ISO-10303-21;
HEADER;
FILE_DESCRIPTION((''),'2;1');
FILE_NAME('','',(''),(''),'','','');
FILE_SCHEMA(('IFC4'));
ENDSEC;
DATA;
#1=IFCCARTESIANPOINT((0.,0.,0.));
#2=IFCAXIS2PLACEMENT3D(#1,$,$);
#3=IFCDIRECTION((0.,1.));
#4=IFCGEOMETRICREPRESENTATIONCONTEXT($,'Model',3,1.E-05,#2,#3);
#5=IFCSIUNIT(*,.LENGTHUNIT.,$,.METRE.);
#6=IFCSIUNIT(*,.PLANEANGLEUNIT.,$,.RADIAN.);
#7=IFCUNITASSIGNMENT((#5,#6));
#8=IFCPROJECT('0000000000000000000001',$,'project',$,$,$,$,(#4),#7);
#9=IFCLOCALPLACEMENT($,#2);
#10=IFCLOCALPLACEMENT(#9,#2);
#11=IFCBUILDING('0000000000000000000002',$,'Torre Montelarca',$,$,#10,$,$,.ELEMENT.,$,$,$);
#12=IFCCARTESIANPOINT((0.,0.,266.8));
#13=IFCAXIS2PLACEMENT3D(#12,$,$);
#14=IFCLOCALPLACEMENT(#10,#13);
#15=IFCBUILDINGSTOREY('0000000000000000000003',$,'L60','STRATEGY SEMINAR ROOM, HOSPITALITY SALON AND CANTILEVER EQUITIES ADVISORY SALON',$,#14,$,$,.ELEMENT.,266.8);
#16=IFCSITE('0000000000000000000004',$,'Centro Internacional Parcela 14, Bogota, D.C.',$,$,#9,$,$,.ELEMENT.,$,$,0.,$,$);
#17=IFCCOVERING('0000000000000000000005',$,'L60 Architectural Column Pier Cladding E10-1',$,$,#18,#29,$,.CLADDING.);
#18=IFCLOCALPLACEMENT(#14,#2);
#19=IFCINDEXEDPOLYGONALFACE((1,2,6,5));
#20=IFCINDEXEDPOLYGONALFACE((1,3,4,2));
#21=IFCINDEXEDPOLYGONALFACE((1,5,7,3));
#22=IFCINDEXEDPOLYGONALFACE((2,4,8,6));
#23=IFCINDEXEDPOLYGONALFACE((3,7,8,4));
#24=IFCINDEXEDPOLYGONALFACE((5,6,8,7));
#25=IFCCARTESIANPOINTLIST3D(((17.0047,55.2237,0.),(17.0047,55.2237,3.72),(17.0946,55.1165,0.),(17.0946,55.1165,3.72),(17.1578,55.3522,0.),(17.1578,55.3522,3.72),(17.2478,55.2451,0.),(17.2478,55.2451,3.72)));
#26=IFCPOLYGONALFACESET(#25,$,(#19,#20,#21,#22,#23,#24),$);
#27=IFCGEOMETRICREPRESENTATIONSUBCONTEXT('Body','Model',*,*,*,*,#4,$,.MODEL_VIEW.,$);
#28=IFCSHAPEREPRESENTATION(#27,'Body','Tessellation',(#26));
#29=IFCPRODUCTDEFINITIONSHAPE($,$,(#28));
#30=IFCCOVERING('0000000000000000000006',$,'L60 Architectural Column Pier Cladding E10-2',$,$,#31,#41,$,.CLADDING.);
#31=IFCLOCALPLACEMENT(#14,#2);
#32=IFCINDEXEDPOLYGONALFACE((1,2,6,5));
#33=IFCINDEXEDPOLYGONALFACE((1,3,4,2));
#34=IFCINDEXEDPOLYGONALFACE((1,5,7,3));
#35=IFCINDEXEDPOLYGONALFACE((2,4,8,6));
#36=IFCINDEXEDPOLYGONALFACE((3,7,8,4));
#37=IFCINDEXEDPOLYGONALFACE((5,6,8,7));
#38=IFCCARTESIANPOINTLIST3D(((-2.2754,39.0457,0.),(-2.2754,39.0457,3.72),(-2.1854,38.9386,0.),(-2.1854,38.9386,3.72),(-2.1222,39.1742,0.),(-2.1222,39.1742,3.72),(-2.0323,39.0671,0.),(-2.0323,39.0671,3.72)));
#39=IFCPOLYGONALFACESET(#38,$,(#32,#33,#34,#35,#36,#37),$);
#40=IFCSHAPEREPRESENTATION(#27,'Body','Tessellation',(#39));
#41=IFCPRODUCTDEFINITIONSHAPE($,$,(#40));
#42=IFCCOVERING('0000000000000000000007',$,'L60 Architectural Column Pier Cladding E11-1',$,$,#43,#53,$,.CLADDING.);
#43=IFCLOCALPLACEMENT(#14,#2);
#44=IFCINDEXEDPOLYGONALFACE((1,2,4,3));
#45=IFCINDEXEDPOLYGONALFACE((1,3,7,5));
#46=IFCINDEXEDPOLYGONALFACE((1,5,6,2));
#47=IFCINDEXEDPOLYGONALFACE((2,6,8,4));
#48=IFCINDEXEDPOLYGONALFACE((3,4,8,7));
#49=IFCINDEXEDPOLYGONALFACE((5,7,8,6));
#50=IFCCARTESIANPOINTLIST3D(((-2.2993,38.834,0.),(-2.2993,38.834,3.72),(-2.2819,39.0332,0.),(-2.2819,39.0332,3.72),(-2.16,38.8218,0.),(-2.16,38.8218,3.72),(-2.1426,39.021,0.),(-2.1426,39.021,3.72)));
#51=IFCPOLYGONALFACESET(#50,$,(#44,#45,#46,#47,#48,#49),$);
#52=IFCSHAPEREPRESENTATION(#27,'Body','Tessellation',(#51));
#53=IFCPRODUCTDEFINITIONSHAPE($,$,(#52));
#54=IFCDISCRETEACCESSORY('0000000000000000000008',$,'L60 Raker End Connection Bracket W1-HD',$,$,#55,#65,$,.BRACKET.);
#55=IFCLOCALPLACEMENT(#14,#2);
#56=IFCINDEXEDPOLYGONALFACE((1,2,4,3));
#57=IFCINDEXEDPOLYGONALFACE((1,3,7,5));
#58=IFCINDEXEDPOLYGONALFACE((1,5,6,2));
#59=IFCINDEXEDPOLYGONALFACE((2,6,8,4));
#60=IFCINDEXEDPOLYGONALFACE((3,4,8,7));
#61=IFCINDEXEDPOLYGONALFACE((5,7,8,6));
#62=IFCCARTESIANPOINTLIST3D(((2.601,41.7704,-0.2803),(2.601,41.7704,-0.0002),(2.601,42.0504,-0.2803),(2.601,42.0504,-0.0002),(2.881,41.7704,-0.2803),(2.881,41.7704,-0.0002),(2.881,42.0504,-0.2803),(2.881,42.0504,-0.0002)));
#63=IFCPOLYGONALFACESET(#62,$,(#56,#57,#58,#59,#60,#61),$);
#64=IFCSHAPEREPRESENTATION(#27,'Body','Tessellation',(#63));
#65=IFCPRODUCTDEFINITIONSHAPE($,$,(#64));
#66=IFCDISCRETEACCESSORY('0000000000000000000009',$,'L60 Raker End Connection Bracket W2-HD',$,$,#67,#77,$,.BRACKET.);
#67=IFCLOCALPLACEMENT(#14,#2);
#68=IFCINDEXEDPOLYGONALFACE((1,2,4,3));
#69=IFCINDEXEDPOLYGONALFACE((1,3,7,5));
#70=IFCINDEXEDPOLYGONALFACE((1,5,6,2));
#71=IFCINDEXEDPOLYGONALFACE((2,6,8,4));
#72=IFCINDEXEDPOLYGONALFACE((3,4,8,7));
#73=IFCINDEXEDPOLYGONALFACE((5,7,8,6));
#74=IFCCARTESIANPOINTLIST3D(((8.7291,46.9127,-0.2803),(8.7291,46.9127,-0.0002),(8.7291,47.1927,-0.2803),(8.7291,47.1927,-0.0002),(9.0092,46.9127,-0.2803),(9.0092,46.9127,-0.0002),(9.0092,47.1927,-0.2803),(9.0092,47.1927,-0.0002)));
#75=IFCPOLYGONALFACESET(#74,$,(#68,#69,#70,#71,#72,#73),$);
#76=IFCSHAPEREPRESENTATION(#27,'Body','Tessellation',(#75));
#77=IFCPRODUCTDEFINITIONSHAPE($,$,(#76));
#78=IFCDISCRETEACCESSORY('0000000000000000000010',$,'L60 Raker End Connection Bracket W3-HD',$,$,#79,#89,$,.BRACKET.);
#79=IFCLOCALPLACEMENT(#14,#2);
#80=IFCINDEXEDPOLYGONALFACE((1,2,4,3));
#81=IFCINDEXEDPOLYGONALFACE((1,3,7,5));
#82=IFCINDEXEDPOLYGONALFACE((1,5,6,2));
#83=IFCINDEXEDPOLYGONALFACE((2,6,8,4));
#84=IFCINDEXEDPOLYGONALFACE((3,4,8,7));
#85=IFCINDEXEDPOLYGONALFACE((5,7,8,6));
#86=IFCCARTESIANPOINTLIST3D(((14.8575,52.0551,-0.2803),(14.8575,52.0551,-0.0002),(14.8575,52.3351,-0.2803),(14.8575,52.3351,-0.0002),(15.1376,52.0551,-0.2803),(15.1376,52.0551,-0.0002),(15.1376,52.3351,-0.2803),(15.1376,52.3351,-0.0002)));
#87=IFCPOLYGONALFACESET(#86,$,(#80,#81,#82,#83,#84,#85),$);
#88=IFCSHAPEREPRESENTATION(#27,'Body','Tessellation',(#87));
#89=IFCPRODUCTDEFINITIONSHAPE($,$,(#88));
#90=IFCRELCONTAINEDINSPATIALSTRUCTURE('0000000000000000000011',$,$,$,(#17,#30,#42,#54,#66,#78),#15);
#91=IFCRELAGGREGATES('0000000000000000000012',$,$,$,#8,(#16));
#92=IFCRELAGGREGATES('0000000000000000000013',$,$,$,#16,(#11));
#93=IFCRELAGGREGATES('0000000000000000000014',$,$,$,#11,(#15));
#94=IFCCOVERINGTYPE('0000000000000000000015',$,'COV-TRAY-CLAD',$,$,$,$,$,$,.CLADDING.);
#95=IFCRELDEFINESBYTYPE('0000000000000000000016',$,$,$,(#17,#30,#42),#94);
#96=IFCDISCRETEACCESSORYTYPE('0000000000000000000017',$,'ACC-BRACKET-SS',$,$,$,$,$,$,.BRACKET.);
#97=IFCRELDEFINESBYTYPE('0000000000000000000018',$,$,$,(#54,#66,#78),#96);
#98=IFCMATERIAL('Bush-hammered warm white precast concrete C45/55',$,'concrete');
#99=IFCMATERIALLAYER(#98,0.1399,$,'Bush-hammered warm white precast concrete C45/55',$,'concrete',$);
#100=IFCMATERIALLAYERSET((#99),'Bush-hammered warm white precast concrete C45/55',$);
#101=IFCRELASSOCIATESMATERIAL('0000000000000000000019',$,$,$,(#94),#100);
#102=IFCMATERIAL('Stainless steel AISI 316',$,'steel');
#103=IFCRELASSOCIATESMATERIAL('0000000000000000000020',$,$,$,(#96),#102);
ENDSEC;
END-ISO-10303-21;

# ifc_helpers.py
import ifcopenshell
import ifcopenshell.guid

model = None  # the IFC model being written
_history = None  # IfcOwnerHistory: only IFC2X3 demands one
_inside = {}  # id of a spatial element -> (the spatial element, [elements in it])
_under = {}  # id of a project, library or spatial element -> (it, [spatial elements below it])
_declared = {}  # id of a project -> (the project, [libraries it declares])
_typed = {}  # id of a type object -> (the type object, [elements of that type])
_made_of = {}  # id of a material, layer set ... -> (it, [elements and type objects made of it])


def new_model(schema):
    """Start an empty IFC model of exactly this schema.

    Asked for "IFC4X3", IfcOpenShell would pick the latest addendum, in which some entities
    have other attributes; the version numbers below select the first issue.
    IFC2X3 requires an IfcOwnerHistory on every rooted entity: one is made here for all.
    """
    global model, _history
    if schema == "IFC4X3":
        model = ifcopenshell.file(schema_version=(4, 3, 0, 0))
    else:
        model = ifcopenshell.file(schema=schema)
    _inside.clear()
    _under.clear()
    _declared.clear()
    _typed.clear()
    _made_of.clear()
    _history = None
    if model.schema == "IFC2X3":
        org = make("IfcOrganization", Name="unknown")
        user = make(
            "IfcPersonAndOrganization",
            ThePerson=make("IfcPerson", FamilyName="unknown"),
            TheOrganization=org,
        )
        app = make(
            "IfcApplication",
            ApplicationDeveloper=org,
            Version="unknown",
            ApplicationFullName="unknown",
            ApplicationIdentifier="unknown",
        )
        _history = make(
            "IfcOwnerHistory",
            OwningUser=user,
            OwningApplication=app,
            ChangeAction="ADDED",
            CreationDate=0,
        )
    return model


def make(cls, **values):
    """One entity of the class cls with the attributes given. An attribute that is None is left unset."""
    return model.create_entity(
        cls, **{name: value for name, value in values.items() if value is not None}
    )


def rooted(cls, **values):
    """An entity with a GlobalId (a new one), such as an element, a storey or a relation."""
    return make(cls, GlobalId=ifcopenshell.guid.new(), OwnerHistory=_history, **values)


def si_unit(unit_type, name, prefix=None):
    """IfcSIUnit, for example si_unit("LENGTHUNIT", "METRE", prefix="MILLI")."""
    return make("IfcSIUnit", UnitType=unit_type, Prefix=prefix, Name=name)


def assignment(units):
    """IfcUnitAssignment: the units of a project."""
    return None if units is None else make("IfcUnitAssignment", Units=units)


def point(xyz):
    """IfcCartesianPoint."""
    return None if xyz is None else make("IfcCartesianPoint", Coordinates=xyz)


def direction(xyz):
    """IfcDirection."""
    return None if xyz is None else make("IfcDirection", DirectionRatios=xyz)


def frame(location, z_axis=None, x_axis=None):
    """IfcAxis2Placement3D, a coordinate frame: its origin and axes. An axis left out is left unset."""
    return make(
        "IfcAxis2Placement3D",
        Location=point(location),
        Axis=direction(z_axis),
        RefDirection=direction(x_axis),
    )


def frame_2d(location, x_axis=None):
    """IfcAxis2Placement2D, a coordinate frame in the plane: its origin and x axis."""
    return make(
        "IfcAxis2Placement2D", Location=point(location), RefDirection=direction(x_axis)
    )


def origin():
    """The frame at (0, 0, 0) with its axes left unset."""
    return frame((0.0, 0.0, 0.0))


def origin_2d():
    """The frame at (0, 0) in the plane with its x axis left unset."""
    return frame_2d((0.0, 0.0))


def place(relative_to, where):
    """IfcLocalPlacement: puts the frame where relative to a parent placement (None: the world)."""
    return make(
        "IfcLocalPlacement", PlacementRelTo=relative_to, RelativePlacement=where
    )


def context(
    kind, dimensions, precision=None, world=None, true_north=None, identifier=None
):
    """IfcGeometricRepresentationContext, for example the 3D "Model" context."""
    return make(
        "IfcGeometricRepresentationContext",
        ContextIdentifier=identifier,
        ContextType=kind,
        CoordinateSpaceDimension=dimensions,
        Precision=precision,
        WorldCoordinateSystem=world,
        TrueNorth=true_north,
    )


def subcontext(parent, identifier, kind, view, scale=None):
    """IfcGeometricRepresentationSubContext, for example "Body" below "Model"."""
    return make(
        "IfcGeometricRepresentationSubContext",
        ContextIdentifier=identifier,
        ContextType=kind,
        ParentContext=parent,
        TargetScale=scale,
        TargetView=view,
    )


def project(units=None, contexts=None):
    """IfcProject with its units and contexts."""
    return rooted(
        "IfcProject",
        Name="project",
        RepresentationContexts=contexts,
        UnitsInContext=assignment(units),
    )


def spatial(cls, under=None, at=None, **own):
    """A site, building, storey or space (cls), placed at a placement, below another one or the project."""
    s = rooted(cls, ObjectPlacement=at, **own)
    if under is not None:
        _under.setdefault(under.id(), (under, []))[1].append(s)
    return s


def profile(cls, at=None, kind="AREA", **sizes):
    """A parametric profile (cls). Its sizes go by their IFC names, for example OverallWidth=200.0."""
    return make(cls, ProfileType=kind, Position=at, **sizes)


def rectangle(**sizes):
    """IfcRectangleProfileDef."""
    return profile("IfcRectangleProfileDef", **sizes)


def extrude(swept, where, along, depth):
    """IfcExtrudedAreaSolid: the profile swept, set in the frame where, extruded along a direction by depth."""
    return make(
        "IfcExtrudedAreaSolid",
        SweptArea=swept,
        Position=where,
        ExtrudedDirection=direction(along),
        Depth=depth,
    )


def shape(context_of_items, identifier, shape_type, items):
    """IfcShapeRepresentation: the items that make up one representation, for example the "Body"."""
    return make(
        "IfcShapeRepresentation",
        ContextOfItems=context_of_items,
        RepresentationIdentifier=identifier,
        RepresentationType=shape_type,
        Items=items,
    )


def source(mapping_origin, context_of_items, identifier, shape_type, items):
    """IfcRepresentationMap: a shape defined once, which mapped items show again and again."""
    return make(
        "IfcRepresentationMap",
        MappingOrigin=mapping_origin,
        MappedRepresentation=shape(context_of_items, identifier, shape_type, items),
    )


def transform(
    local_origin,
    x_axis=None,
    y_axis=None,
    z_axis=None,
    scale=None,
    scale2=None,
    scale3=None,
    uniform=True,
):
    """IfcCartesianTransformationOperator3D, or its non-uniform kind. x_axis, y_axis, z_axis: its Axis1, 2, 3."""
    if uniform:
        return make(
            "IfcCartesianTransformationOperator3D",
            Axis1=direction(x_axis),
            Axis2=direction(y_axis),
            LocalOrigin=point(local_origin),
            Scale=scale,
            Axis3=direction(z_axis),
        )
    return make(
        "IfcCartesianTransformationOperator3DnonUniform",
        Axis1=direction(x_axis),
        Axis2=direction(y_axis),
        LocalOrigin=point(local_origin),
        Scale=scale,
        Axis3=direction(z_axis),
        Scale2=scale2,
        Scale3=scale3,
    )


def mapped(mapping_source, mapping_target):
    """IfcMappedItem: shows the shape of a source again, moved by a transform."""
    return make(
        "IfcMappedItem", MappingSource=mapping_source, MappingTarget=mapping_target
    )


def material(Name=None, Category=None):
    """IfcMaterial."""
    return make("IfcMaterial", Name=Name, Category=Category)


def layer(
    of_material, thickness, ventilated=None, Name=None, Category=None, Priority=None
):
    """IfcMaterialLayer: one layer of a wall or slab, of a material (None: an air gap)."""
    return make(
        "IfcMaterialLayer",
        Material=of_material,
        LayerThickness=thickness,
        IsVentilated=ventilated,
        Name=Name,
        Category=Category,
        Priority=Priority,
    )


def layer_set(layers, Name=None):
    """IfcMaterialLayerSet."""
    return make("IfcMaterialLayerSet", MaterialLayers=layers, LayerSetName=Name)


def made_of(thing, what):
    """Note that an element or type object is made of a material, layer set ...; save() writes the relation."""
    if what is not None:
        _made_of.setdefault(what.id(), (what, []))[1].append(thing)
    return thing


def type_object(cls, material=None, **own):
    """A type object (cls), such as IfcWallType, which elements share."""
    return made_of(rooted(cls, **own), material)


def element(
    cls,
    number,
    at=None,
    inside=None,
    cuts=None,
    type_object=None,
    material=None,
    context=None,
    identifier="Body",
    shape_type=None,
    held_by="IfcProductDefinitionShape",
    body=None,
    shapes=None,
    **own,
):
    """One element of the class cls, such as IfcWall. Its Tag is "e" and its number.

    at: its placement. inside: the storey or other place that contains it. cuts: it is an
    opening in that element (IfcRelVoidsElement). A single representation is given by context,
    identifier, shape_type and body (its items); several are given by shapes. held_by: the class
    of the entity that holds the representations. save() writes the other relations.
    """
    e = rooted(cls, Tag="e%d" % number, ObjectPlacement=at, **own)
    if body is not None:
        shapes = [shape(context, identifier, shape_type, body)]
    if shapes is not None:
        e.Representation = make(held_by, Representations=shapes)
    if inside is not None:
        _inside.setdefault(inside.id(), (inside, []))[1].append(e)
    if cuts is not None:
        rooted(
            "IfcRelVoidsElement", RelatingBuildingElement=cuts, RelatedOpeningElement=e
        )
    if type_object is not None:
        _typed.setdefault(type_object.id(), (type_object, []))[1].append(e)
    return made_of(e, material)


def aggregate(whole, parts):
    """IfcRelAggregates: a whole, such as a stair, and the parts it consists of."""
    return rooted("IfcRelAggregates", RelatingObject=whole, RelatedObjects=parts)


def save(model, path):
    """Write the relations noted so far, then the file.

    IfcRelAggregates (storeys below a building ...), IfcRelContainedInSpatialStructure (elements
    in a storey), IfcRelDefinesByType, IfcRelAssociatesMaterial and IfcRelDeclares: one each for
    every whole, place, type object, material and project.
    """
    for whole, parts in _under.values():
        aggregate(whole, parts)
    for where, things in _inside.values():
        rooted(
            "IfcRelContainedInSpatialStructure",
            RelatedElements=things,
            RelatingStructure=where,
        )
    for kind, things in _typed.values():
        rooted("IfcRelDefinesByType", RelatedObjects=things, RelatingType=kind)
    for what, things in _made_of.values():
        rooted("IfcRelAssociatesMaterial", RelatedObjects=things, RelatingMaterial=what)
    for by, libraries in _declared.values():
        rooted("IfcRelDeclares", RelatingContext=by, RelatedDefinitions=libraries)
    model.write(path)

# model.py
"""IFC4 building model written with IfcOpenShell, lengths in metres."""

from ifc_helpers import new_model, si_unit, direction, frame, origin, origin_2d, place, context, subcontext, project, spatial, rectangle, extrude, source, transform, mapped, material, layer, layer_set, type_object, element, save


model = new_model("IFC4")

# Units and contexts
model_context = context("Model", 3, precision=1e-05, world=origin(), true_north=direction((0.0, 1.0)))
body_context = subcontext(model_context, "Body", "Model", "MODEL_VIEW")
ifc_project = project(units=[si_unit("LENGTHUNIT", "METRE"), si_unit("PLANEANGLEUNIT", "RADIAN")], contexts=[model_context])

# Site, building, storey
site_placement = place(None, origin())
site = spatial("IfcSite", under=ifc_project, at=site_placement, Name="Centro Internacional Parcela 14, Bogota, D.C.", CompositionType="ELEMENT", RefElevation=0.0)
building_placement = place(site_placement, origin())
building = spatial("IfcBuilding", under=site, at=building_placement, Name="Torre Montelarca", CompositionType="ELEMENT")
storey_placement = place(building_placement, frame((0.0, 0.0, 266.8)))
storey = spatial("IfcBuildingStorey", under=building, at=storey_placement, Name="L60", Description="STRATEGY SEMINAR ROOM, HOSPITALITY SALON AND CANTILEVER EQUITIES ADVISORY SALON", CompositionType="ELEMENT", Elevation=266.8)

# Coverings
ifc_material_1 = material(Name="Bush-hammered warm white precast concrete C45/55", Category="concrete")
ifc_layer_1 = layer(ifc_material_1, 0.1399, Name="Bush-hammered warm white precast concrete C45/55", Category="concrete")
ifc_layer_set_1 = layer_set([ifc_layer_1], Name="Bush-hammered warm white precast concrete C45/55")
covering_type = type_object("IfcCoveringType", Name="COV-TRAY-CLAD", PredefinedType="CLADDING", material=ifc_layer_set_1)
shared_shape_1 = source(origin(), body_context, "Body", "SweptSolid", [
    extrude(rectangle(XDim=0.2, YDim=0.1399, at=origin_2d()), origin(), (0.0, 0.0, 1.0), 3.72),
])
for number, where, z_axis, x_axis, name in (
    (1, (17.1262, 55.2344, 0.0), (0.0, 0.0, 1.0), (-0.766043, -0.642789, 0.0), "L60 Architectural Column Pier Cladding E10-1"),
    (2, (-2.1538, 39.0564, 0.0), (0.0, 0.0, 1.0), (-0.766043, -0.642789, 0.0), "L60 Architectural Column Pier Cladding E10-2"),
    (3, (-2.2209, 38.9275, 0.0), (0.0, 0.0, 1.0), (-0.087177, -0.996193, 0.0), "L60 Architectural Column Pier Cladding E11-1"),
):
    element("IfcCovering", number, at=place(storey_placement, frame(where, z_axis=z_axis, x_axis=x_axis)), inside=storey, type_object=covering_type, Name=name, PredefinedType="CLADDING", context=body_context, shape_type="MappedRepresentation", body=[
        mapped(shared_shape_1, transform((0.0, 0.0, 0.0), scale=1.0)),
    ])

# Discrete accessories
ifc_material_2 = material(Name="Stainless steel AISI 316", Category="steel")
discrete_accessory_type = type_object("IfcDiscreteAccessoryType", Name="ACC-BRACKET-SS", PredefinedType="BRACKET", material=ifc_material_2)
shared_shape_2 = source(origin(), body_context, "Body", "SweptSolid", [
    extrude(rectangle(XDim=0.28, YDim=0.28, at=origin_2d()), origin(), (0.0, 0.0, 1.0), 0.28),
])
for number, where, z_axis, x_axis, name in (
    (4, (2.741, 41.9104, -0.2803), (0.0, 0.0, 1.0), (1.0, 0.0, 0.0), "L60 Raker End Connection Bracket W1-HD"),
    (5, (8.8691, 47.0527, -0.2803), (0.0, 0.0, 1.0), (1.0, 0.0, 0.0), "L60 Raker End Connection Bracket W2-HD"),
    (6, (14.9976, 52.1951, -0.2803), (0.0, 0.0, 1.0), (1.0, 0.0, 0.0), "L60 Raker End Connection Bracket W3-HD"),
):
    element("IfcDiscreteAccessory", number, at=place(storey_placement, frame(where, z_axis=z_axis, x_axis=x_axis)), inside=storey, type_object=discrete_accessory_type, Name=name, PredefinedType="BRACKET", context=body_context, shape_type="MappedRepresentation", body=[
        mapped(shared_shape_2, transform((0.0, 0.0, 0.0), scale=1.0)),
    ])

save(model, "model.ifc")
